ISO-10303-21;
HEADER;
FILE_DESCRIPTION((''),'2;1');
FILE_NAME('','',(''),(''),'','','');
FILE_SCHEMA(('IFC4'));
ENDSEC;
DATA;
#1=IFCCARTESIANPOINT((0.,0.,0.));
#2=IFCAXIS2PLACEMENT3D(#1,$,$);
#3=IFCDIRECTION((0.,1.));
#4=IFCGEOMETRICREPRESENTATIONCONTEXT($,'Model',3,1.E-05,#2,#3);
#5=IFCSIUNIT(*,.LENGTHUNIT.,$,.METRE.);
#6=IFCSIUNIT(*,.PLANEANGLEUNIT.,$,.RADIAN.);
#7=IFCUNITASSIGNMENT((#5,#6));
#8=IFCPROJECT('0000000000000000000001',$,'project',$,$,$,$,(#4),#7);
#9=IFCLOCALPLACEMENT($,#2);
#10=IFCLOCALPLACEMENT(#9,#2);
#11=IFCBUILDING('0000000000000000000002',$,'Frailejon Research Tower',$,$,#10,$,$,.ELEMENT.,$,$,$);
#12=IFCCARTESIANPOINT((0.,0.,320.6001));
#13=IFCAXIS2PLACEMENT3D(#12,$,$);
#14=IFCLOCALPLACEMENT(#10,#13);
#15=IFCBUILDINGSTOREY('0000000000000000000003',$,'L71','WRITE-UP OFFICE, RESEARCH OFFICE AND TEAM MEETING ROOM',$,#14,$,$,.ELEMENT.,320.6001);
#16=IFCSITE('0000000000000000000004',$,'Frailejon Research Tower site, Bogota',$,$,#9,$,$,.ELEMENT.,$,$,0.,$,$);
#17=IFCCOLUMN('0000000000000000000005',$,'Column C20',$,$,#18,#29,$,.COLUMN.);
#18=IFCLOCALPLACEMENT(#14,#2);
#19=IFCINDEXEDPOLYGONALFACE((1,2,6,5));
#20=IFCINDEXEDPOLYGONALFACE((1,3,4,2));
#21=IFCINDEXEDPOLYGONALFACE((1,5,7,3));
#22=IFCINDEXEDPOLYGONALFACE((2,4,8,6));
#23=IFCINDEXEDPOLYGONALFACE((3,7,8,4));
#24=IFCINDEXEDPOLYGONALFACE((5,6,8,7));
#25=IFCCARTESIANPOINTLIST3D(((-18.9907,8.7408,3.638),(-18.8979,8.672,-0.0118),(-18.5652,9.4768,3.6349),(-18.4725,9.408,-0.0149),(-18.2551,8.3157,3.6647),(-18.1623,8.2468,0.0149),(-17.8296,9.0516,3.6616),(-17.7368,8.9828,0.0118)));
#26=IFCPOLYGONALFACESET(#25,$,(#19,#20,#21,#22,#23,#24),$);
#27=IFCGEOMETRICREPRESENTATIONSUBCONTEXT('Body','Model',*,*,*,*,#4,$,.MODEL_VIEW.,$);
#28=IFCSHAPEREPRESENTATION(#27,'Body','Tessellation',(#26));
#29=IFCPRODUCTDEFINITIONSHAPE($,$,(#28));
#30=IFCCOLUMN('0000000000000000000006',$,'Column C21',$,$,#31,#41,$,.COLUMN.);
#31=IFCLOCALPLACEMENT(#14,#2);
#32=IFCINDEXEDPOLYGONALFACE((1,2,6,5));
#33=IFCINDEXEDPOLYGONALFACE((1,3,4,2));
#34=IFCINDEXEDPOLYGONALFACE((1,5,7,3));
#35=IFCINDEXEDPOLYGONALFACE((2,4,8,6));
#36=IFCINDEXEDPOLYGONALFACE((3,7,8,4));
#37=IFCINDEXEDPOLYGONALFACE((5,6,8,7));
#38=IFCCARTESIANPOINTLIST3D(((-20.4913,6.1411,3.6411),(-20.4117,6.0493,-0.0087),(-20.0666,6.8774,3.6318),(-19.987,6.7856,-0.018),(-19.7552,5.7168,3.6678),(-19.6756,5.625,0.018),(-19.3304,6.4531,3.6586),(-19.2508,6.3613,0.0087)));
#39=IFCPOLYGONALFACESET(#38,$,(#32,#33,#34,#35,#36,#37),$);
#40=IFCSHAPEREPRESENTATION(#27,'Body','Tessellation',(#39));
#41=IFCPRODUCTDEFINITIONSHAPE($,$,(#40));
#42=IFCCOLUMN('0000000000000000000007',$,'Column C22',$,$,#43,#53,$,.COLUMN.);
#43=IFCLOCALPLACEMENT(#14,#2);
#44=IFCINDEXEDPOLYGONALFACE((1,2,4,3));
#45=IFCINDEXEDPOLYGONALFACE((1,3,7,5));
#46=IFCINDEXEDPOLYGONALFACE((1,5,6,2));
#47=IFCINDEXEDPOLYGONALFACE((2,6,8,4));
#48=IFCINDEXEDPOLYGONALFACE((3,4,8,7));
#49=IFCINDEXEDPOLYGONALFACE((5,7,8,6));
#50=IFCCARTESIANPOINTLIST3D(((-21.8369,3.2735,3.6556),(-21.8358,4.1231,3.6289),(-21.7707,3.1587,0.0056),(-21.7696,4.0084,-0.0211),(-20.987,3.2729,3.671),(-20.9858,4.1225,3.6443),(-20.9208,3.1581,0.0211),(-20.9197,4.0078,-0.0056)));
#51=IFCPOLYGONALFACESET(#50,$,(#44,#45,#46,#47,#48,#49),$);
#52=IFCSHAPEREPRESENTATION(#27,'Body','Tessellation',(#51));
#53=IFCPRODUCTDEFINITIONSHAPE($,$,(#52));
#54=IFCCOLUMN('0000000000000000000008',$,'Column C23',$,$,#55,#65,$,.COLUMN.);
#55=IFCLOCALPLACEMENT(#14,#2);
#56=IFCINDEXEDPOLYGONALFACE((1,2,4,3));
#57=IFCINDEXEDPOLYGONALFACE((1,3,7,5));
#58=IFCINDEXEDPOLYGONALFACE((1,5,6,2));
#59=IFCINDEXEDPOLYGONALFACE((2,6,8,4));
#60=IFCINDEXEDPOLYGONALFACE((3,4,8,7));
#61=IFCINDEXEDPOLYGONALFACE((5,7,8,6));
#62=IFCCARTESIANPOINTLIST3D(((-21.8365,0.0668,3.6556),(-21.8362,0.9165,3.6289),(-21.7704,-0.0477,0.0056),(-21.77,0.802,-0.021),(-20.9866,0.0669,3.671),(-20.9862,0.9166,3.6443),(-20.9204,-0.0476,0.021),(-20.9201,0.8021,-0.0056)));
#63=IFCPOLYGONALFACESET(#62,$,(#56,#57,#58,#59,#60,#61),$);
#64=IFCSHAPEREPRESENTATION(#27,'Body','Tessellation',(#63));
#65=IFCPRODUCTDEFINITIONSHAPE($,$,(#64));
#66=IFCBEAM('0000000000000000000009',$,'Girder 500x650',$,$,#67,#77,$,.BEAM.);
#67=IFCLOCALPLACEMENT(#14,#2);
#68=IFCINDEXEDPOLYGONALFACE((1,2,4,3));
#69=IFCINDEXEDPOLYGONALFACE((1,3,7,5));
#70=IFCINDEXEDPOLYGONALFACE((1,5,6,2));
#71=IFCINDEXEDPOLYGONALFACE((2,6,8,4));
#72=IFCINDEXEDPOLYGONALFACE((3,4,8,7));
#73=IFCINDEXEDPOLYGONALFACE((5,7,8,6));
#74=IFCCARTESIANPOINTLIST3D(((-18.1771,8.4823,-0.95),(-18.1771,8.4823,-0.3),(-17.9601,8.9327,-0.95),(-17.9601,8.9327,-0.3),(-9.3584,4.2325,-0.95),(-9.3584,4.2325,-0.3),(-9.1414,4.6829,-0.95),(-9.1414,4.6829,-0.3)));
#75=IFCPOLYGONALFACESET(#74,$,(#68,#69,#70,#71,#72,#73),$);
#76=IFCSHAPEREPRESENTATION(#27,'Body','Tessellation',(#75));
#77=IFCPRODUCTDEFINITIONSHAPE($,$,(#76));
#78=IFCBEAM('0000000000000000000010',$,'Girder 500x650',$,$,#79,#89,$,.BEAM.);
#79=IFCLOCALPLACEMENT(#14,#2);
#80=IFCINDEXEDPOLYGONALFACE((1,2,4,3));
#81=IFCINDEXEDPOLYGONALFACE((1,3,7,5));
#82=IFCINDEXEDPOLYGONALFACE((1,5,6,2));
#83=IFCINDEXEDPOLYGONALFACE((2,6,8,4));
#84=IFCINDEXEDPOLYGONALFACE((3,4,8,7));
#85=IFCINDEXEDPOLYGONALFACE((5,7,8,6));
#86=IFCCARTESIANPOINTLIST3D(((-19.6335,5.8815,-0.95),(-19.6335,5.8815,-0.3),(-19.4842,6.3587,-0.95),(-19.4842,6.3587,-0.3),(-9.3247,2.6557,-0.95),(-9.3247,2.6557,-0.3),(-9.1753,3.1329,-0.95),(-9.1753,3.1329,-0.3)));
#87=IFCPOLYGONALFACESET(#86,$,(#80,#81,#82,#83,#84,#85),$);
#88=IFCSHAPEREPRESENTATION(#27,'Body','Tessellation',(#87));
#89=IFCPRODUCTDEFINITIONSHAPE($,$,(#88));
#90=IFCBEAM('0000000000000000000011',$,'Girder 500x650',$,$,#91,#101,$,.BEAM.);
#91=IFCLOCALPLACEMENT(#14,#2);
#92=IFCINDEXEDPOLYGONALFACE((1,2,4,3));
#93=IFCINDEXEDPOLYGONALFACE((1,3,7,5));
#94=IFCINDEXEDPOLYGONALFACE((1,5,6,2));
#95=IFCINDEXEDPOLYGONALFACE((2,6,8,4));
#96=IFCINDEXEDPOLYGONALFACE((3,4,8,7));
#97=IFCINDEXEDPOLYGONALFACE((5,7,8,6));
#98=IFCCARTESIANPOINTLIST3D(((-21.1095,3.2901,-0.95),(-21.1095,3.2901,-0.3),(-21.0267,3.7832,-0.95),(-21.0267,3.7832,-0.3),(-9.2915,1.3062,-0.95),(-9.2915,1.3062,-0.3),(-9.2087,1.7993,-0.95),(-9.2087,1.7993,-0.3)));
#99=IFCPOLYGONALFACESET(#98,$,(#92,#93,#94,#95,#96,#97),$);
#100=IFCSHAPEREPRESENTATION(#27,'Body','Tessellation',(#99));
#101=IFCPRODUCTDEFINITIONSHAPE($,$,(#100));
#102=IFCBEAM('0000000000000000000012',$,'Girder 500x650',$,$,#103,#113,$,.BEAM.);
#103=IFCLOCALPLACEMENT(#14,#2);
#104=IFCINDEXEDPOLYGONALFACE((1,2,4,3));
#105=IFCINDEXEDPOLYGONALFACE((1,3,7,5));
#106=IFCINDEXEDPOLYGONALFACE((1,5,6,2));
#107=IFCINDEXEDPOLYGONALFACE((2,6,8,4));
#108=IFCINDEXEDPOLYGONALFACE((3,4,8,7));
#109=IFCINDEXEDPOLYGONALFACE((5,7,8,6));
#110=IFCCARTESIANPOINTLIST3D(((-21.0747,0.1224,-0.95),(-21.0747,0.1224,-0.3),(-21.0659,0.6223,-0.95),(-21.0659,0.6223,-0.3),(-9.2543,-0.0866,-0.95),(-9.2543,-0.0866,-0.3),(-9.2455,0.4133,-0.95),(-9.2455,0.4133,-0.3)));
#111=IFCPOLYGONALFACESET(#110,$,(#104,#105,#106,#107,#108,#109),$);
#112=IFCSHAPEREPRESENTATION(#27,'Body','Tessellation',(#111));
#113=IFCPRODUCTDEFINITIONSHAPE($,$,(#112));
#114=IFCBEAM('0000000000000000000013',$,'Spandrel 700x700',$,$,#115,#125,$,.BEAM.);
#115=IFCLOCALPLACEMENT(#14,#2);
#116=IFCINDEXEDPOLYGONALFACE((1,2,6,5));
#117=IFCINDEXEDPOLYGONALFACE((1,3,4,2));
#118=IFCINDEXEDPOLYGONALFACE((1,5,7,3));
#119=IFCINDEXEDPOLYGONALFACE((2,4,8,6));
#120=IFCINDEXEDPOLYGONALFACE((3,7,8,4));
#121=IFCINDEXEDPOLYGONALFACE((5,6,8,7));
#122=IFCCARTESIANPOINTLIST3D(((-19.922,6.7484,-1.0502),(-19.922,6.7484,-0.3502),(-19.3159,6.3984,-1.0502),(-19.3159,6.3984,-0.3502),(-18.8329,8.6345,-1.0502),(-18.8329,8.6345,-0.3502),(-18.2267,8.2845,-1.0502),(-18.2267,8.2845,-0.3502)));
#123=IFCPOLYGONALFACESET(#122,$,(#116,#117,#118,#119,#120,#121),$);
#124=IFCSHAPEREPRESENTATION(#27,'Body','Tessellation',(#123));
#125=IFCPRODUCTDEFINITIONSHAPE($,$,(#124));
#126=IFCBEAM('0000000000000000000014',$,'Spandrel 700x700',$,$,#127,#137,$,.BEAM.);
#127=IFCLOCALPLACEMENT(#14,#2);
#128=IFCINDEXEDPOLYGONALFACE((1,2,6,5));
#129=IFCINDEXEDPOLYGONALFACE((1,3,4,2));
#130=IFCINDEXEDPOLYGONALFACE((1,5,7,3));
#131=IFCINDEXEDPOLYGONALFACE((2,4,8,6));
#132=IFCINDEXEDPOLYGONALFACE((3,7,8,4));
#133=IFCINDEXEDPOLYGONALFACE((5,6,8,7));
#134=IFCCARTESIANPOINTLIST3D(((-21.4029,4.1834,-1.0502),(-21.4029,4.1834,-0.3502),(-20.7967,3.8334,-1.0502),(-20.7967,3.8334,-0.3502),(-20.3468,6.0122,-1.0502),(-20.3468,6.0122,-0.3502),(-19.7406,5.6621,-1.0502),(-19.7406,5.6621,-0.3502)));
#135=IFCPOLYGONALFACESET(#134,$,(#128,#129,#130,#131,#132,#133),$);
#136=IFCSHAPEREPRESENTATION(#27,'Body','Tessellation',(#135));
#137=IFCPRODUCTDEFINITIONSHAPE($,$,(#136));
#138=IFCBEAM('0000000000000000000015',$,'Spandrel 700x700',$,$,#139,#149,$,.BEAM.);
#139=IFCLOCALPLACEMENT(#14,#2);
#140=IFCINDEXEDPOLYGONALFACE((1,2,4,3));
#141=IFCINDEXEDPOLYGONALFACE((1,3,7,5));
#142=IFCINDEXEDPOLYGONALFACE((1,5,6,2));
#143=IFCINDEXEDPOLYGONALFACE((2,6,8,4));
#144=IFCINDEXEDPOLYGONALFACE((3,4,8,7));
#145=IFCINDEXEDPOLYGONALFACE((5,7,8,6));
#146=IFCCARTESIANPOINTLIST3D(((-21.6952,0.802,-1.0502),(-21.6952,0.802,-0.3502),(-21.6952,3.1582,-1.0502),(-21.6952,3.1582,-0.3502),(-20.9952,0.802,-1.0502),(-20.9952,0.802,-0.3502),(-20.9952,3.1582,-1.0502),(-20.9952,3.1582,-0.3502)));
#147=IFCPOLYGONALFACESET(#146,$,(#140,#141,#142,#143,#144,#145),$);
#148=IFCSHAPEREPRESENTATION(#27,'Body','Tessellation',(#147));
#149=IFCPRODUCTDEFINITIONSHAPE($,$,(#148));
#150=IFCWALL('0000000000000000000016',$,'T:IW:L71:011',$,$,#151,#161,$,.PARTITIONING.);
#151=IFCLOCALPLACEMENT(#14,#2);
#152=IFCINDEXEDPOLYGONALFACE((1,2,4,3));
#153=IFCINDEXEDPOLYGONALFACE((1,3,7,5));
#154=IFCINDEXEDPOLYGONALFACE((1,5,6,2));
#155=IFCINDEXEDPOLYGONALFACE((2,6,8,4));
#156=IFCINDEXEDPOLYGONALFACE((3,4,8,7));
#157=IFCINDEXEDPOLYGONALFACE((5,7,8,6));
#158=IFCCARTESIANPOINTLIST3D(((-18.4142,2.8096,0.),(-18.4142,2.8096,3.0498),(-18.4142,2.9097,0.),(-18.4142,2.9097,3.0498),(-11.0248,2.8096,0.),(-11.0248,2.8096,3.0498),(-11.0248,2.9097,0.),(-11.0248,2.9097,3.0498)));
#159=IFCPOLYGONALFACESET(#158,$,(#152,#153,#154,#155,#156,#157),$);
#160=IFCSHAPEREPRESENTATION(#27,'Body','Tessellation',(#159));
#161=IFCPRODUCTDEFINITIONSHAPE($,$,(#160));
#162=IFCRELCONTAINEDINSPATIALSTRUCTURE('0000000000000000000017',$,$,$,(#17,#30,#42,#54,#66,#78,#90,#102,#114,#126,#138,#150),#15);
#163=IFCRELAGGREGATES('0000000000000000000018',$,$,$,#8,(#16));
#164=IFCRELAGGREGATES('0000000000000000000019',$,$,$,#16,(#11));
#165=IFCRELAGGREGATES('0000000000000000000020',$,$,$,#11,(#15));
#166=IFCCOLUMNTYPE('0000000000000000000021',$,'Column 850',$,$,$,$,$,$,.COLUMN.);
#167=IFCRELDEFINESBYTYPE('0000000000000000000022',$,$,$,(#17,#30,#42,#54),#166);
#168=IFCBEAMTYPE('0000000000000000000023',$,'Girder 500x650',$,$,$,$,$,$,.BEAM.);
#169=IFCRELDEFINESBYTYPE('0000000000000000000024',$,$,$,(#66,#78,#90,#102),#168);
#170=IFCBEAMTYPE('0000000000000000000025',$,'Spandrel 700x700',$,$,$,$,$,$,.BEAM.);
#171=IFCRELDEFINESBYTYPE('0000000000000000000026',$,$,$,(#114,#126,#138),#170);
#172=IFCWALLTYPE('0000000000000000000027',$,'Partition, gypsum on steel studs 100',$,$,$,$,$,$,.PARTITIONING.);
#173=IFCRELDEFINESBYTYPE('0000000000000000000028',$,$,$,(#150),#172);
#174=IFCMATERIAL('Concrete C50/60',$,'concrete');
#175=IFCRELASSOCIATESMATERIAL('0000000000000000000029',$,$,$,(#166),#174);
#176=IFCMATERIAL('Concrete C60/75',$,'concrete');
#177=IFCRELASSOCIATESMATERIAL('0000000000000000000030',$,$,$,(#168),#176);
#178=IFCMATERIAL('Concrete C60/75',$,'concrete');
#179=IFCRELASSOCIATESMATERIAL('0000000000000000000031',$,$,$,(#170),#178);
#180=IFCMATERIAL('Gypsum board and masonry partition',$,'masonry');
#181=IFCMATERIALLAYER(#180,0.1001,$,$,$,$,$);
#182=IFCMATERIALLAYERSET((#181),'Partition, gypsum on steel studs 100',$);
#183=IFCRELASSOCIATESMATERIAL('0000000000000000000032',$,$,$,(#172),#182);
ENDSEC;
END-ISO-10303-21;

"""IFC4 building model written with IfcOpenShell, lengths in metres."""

from ifc_helpers import new_model, si_unit, direction, frame, frame_2d, origin, origin_2d, place, context, subcontext, project, spatial, rectangle, extrude, material, layer, layer_set, material_profile, profile_set, type_object, element, save


model = new_model("IFC4")

# Units and contexts
model_context = context("Model", 3, precision=1e-05, world=origin(), true_north=direction((0.0, 1.0)))
body_context = subcontext(model_context, "Body", "Model", "MODEL_VIEW")
ifc_project = project(units=[si_unit("LENGTHUNIT", "METRE"), si_unit("PLANEANGLEUNIT", "RADIAN")], contexts=[model_context])

# Site, building, storey
site_placement = place(None, origin())
site = spatial("IfcSite", under=ifc_project, at=site_placement, Name="Frailejon Research Tower site, Bogota", CompositionType="ELEMENT", RefElevation=0.0)
building_placement = place(site_placement, origin())
building = spatial("IfcBuilding", under=site, at=building_placement, Name="Frailejon Research Tower", CompositionType="ELEMENT")
storey_placement = place(building_placement, frame((0.0, 0.0, 320.6001)))
storey = spatial("IfcBuildingStorey", under=building, at=storey_placement, Name="L71", Description="WRITE-UP OFFICE, RESEARCH OFFICE AND TEAM MEETING ROOM", CompositionType="ELEMENT", Elevation=320.6001)

# Columns
ifc_material_1 = material(Name="Concrete C50/60", Category="concrete")
ifc_material_profile_1 = material_profile(ifc_material_1, rectangle(XDim=0.8501, YDim=0.8501, at=origin_2d()), Name="Column 850")
ifc_profile_set_1 = profile_set([ifc_material_profile_1], Name="Concrete C50/60")
column_type = type_object("IfcColumnType", Name="Column 850", PredefinedType="COLUMN", material=ifc_profile_set_1)
column_1_placement = place(storey_placement, frame((-18.3174, 8.8274, 0.0), z_axis=(-0.025405, 0.018853, 0.999499), x_axis=(-0.500492, -0.865734, 0.003609)))
element("IfcColumn", 1, at=column_1_placement, inside=storey, type_object=column_type, Name="Column C20", PredefinedType="COLUMN", context=body_context, shape_type="SweptSolid", body=[
    extrude(rectangle(XDim=0.8501, YDim=0.8501, at=origin_2d()), origin(), (0.0, 0.0, 1.0), 3.6516),
])
column_2_placement = place(storey_placement, frame((-19.8313, 6.2053, 0.0), z_axis=(-0.021794, 0.025137, 0.999446), x_axis=(-0.499665, -0.86615, 0.010888)))
element("IfcColumn", 2, at=column_2_placement, inside=storey, type_object=column_type, Name="Column C21", PredefinedType="COLUMN", context=body_context, shape_type="SweptSolid", body=[
    extrude(rectangle(XDim=0.8501, YDim=0.8501, at=origin_2d()), origin(), (0.0, 0.0, 1.0), 3.6519),
])
for number, where, z_axis, x_axis, name in (
    (3, (-21.3452, 3.5833, 0.0), (-0.018115, 0.031417, 0.999342), (-0.001297, -0.999506, 0.031399), "Column C22"),
    (4, (-21.3452, 0.3772, 0.0), (-0.018115, 0.031351, 0.999344), (-0.000375, -0.999508, 0.031349), "Column C23"),
):
    element("IfcColumn", number, at=place(storey_placement, frame(where, z_axis=z_axis, x_axis=x_axis)), inside=storey, type_object=column_type, Name=name, PredefinedType="COLUMN", context=body_context, shape_type="SweptSolid", body=[
        extrude(rectangle(XDim=0.8501, YDim=0.8501, at=origin_2d()), origin(), (0.0, 0.0, 1.0), 3.6523),
    ])

# Beams
ifc_material_2 = material(Name="Concrete C60/75", Category="concrete")
ifc_material_profile_2 = material_profile(ifc_material_2, rectangle(XDim=0.5, YDim=0.6499, at=origin_2d()), Name="Girder 500x650")
ifc_profile_set_2 = profile_set([ifc_material_profile_2], Name="Concrete C60/75")
beam_type_1 = type_object("IfcBeamType", Name="Girder 500x650", PredefinedType="BEAM", material=ifc_profile_set_2)
beam_1_placement = place(storey_placement, frame((-18.0686, 8.7075, -0.625), z_axis=(0.900851, -0.434128, 0.0), x_axis=(0.434128, 0.900851, 0.0)))
element("IfcBeam", 5, at=beam_1_placement, inside=storey, type_object=beam_type_1, Name="Girder 500x650", PredefinedType="BEAM", context=body_context, shape_type="SweptSolid", body=[
    extrude(rectangle(XDim=0.5, YDim=0.6499, at=origin_2d()), origin(), (0.0, 0.0, 1.0), 9.7893),
])
beam_2_placement = place(storey_placement, frame((-19.5588, 6.1201, -0.625), z_axis=(0.954366, -0.298639, 0.0), x_axis=(0.298639, 0.954366, 0.0)))
element("IfcBeam", 6, at=beam_2_placement, inside=storey, type_object=beam_type_1, Name="Girder 500x650", PredefinedType="BEAM", context=body_context, shape_type="SweptSolid", body=[
    extrude(rectangle(XDim=0.5, YDim=0.6499, at=origin_2d()), origin(), (0.0, 0.0, 1.0), 10.8018),
])
beam_3_placement = place(storey_placement, frame((-21.0681, 3.5366, -0.625), z_axis=(0.986201, -0.165552, 0.0), x_axis=(0.165552, 0.986201, 0.0)))
element("IfcBeam", 7, at=beam_3_placement, inside=storey, type_object=beam_type_1, Name="Girder 500x650", PredefinedType="BEAM", context=body_context, shape_type="SweptSolid", body=[
    extrude(rectangle(XDim=0.5, YDim=0.6499, at=origin_2d()), origin(), (0.0, 0.0, 1.0), 11.9834),
])
beam_4_placement = place(storey_placement, frame((-21.0703, 0.3723, -0.625), z_axis=(0.999844, -0.017677, 0.0), x_axis=(0.017677, 0.999844, 0.0)))
element("IfcBeam", 8, at=beam_4_placement, inside=storey, type_object=beam_type_1, Name="Girder 500x650", PredefinedType="BEAM", context=body_context, shape_type="SweptSolid", body=[
    extrude(rectangle(XDim=0.5, YDim=0.6499, at=origin_2d()), origin(), (0.0, 0.0, 1.0), 11.8223),
])
ifc_material_3 = material(Name="Concrete C60/75", Category="concrete")
ifc_material_profile_3 = material_profile(ifc_material_3, rectangle(XDim=0.7, YDim=0.7, at=origin_2d()), Name="Spandrel 700x700")
ifc_profile_set_3 = profile_set([ifc_material_profile_3], Name="Concrete C60/75")
beam_type_2 = type_object("IfcBeamType", Name="Spandrel 700x700", PredefinedType="BEAM", material=ifc_profile_set_3)
beam_5_placement = place(storey_placement, frame((-18.5298, 8.4595, -0.7002), z_axis=(-0.500081, -0.865978, 0.0), x_axis=(0.865978, -0.500081, 0.0)))
element("IfcBeam", 9, at=beam_5_placement, inside=storey, type_object=beam_type_2, Name="Spandrel 700x700", PredefinedType="BEAM", context=body_context, shape_type="SweptSolid", body=[
    extrude(rectangle(XDim=0.7, YDim=0.7, at=origin_2d()), origin(), (0.0, 0.0, 1.0), 2.178),
])
beam_6_placement = place(storey_placement, frame((-20.0437, 5.8372, -0.7002), z_axis=(-0.500093, -0.865972, 0.0), x_axis=(0.865972, -0.500093, 0.0)))
element("IfcBeam", 10, at=beam_6_placement, inside=storey, type_object=beam_type_2, Name="Spandrel 700x700", PredefinedType="BEAM", context=body_context, shape_type="SweptSolid", body=[
    extrude(rectangle(XDim=0.7, YDim=0.7, at=origin_2d()), origin(), (0.0, 0.0, 1.0), 2.1118),
])
beam_7_placement = place(storey_placement, frame((-21.3452, 3.1582, -0.7002), z_axis=(0.0, -1.0, 0.0), x_axis=(1.0, 0.0, 0.0)))
element("IfcBeam", 11, at=beam_7_placement, inside=storey, type_object=beam_type_2, Name="Spandrel 700x700", PredefinedType="BEAM", context=body_context, shape_type="SweptSolid", body=[
    extrude(rectangle(XDim=0.7, YDim=0.7, at=origin_2d()), origin(), (0.0, 0.0, 1.0), 2.3562),
])

# Wall
ifc_material_4 = material(Name="Gypsum board and masonry partition", Category="masonry")
ifc_layer_1 = layer(ifc_material_4, 0.1001)
ifc_layer_set_1 = layer_set([ifc_layer_1], Name="Partition, gypsum on steel studs 100")
wall_type_1 = type_object("IfcWallType", Name="Partition, gypsum on steel studs 100", PredefinedType="PARTITIONING", material=ifc_layer_set_1)
wall_1_placement = place(storey_placement, frame((-18.4143, 2.8596, 0.0), z_axis=(0.0, 0.0, 1.0), x_axis=(1.0, 0.0, 0.0)))
element("IfcWall", 12, at=wall_1_placement, inside=storey, type_object=wall_type_1, Name="T:IW:L71:011", PredefinedType="PARTITIONING", context=body_context, shape_type="SweptSolid", body=[
    extrude(rectangle(XDim=7.3894, YDim=0.1001, at=frame_2d((3.6948, 0.0))), origin(), (0.0, 0.0, 1.0), 3.0498),
])

save(model, "model.ifc")
